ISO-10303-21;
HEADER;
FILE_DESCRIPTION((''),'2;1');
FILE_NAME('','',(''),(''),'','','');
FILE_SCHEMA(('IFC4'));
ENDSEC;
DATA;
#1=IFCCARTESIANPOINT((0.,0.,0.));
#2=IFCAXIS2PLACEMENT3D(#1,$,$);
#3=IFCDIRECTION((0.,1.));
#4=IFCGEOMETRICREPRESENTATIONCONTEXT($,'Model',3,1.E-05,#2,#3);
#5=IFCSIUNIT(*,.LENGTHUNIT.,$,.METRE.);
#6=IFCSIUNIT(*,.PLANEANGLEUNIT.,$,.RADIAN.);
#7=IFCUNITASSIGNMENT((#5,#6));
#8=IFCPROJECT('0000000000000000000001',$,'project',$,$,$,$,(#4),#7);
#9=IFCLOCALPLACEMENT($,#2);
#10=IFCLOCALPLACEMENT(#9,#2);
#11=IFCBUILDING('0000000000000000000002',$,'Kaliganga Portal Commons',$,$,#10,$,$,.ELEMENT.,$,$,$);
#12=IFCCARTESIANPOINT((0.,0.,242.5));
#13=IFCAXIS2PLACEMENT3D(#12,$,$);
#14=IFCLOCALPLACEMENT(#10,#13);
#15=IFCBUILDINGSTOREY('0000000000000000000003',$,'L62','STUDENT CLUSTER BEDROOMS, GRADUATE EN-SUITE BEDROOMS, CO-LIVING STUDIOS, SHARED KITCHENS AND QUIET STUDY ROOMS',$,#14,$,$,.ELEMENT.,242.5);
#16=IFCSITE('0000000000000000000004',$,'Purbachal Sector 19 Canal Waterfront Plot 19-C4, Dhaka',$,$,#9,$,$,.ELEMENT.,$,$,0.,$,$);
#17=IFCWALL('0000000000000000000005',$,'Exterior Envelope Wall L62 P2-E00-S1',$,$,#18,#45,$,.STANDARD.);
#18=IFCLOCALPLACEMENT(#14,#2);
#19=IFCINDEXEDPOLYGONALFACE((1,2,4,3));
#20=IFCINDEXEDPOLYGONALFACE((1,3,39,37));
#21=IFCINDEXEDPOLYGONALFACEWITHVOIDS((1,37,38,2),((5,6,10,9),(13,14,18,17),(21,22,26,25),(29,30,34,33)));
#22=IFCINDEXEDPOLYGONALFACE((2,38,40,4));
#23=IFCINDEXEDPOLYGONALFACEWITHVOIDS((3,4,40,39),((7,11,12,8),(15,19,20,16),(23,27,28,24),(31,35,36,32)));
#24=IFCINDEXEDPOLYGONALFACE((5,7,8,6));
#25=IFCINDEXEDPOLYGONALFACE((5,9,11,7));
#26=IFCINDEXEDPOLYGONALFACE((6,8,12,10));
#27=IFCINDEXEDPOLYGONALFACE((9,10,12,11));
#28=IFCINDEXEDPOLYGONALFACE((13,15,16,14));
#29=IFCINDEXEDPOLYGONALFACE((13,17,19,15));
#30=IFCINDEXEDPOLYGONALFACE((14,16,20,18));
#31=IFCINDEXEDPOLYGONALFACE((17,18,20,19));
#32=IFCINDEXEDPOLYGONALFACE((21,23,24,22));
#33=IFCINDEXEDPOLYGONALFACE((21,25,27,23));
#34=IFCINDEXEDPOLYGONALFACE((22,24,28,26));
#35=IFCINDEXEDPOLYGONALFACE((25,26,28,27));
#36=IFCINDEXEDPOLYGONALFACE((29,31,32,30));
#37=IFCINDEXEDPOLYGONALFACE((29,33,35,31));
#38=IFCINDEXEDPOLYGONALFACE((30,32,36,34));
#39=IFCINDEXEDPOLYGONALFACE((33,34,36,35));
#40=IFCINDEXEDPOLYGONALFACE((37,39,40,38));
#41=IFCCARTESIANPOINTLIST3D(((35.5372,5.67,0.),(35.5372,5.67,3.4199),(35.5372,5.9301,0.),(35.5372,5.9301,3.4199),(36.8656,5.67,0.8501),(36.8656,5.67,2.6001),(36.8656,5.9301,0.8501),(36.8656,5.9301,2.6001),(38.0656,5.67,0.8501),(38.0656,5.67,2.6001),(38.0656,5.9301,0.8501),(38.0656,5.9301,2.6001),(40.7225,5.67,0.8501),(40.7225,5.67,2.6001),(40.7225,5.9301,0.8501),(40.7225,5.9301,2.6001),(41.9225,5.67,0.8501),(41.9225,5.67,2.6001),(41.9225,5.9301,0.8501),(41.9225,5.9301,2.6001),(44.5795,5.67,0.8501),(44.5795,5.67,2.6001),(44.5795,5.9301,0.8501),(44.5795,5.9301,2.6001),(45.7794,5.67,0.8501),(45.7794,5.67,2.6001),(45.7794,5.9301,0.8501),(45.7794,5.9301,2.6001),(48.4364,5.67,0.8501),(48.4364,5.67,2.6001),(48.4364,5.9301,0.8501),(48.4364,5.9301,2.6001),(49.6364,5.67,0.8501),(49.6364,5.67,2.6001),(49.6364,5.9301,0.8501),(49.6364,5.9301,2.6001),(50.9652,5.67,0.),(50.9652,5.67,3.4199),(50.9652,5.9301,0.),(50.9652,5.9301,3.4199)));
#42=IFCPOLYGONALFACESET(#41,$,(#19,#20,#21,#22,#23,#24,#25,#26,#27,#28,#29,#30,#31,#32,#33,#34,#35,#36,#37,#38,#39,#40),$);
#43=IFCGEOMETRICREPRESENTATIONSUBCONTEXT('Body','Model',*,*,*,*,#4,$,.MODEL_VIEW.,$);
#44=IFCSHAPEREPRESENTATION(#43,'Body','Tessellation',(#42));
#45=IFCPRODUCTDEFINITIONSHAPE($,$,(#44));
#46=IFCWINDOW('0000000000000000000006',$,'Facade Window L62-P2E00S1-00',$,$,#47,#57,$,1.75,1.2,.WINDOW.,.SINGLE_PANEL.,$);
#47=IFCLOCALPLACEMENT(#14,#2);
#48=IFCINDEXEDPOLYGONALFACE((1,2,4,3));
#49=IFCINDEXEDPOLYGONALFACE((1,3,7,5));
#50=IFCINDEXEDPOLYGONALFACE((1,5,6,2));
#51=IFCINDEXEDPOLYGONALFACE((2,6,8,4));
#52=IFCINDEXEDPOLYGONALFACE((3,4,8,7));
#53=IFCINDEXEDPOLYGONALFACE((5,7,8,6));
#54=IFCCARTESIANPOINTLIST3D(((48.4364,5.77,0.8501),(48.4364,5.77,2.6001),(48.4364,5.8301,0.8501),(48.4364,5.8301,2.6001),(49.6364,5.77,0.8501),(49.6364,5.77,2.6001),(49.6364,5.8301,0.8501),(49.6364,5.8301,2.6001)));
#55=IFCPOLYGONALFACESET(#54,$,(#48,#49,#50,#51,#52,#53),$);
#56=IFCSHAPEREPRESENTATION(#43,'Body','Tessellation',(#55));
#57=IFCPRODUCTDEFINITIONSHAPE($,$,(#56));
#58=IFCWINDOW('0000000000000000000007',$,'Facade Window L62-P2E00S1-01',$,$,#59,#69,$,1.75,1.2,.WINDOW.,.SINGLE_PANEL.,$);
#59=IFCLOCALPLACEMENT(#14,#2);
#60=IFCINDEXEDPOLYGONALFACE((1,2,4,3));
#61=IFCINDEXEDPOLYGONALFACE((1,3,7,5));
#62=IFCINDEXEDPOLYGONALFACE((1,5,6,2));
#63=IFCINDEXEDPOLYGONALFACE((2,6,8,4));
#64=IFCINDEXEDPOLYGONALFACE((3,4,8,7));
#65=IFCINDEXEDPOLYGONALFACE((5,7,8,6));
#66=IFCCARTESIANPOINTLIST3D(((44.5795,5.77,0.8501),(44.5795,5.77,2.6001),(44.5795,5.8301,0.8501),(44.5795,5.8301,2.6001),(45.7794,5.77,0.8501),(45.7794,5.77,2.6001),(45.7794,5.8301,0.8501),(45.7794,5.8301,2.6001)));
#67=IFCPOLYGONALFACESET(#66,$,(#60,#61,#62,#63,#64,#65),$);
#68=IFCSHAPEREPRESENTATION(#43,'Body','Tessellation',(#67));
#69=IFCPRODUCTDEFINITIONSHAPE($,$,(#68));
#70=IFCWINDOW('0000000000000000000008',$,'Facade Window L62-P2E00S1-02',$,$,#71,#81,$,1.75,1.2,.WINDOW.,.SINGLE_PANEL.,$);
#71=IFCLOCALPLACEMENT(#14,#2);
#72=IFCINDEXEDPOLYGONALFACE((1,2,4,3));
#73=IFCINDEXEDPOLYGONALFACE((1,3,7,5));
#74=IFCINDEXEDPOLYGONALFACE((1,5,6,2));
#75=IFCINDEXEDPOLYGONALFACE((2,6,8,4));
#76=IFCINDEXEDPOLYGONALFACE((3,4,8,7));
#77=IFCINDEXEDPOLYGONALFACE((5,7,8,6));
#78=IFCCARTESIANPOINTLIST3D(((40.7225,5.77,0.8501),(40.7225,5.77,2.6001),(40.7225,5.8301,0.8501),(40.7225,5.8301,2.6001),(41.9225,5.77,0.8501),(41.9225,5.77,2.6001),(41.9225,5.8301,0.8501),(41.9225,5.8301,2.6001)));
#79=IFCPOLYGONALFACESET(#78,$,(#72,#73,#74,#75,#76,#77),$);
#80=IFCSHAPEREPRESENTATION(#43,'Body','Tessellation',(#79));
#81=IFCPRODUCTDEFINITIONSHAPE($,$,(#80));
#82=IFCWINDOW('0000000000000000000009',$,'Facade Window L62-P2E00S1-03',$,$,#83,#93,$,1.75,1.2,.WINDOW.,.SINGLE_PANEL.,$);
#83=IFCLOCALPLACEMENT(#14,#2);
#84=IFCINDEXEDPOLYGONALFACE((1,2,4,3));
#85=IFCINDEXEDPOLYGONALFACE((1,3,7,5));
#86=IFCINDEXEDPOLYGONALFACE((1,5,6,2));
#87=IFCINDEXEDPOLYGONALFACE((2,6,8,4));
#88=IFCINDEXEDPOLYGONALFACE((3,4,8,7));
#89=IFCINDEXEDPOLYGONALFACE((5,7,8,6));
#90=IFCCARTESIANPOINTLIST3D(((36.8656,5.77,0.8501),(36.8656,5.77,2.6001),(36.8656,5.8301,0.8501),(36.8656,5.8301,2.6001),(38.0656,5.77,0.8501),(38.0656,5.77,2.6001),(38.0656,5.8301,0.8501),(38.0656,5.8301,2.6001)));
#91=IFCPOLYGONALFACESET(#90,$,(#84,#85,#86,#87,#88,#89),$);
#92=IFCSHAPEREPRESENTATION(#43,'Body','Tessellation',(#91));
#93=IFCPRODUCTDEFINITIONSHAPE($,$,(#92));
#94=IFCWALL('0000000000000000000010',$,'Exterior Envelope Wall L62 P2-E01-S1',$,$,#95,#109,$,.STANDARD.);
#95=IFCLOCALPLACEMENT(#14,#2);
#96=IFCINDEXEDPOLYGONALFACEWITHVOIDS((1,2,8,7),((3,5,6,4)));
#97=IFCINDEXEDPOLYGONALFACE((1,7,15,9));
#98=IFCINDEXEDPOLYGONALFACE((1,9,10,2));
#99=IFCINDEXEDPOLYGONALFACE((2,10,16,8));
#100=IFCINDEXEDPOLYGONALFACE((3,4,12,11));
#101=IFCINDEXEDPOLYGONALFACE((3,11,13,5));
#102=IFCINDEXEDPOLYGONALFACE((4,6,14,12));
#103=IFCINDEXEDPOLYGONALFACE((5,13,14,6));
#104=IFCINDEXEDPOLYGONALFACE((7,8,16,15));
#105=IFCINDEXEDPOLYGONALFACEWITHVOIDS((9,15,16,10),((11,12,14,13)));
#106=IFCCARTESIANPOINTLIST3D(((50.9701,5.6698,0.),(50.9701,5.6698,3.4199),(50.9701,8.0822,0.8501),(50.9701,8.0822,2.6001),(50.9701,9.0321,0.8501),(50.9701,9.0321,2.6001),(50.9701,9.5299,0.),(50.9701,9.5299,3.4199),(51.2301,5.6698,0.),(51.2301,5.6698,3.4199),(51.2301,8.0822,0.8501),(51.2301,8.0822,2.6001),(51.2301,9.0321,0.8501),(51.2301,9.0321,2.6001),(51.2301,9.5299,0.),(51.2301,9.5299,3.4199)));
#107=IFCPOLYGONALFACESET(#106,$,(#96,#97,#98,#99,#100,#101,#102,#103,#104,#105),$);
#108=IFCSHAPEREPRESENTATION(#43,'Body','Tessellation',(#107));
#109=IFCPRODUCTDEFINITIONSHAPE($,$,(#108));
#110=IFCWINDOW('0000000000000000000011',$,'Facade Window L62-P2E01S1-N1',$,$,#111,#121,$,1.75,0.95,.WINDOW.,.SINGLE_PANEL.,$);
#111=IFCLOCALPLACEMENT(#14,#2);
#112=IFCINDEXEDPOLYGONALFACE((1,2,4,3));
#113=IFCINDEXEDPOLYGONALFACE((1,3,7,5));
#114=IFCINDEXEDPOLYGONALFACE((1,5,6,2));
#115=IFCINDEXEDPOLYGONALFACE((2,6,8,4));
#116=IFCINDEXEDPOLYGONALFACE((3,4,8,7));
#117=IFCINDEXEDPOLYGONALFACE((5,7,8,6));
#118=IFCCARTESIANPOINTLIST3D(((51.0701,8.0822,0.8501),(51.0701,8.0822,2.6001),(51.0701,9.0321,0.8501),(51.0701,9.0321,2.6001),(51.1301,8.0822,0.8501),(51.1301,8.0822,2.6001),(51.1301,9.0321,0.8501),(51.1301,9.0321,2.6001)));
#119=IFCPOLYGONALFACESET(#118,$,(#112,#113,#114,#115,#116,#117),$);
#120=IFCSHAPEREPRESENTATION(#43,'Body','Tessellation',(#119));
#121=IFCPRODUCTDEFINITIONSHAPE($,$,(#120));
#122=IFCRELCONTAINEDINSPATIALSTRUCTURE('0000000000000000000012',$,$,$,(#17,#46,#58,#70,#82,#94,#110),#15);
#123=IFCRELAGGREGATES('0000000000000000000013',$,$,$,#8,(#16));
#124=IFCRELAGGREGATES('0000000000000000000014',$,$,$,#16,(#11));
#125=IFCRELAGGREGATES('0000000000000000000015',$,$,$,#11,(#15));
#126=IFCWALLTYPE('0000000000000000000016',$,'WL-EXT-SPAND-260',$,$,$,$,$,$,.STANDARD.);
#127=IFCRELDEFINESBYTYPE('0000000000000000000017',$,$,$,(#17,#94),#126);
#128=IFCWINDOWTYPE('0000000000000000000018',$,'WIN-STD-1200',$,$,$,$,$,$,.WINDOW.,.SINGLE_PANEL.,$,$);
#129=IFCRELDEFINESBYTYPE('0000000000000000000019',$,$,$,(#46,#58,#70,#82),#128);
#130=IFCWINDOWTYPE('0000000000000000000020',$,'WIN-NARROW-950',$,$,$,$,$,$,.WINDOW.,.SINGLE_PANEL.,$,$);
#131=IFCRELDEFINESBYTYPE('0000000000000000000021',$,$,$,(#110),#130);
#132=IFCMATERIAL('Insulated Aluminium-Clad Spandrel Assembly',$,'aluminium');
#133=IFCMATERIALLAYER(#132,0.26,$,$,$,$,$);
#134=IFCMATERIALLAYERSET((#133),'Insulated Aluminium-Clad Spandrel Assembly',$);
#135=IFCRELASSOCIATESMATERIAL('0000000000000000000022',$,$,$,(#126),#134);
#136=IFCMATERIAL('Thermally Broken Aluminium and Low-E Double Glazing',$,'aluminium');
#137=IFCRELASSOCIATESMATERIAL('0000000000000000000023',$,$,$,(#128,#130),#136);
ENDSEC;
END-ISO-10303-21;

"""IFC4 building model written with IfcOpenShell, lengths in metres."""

from ifc_helpers import new_model, si_unit, direction, frame, frame_2d, origin, place, context, subcontext, project, spatial, rectangle, extrude, material, layer, layer_set, type_object, element, fill, save


model = new_model("IFC4")

# Units and contexts
model_context = context("Model", 3, precision=1e-05, world=origin(), true_north=direction((0.0, 1.0)))
body_context = subcontext(model_context, "Body", "Model", "MODEL_VIEW")
ifc_project = project(units=[si_unit("LENGTHUNIT", "METRE"), si_unit("PLANEANGLEUNIT", "RADIAN")], contexts=[model_context])

# Site, building, storey
site_placement = place(None, origin())
site = spatial("IfcSite", under=ifc_project, at=site_placement, Name="Purbachal Sector 19 Canal Waterfront Plot 19-C4, Dhaka", CompositionType="ELEMENT", RefElevation=0.0)
building_placement = place(site_placement, origin())
building = spatial("IfcBuilding", under=site, at=building_placement, Name="Kaliganga Portal Commons", CompositionType="ELEMENT")
storey_placement = place(building_placement, frame((0.0, 0.0, 242.5)))
storey = spatial("IfcBuildingStorey", under=building, at=storey_placement, Name="L62", Description="STUDENT CLUSTER BEDROOMS, GRADUATE EN-SUITE BEDROOMS, CO-LIVING STUDIOS, SHARED KITCHENS AND QUIET STUDY ROOMS", CompositionType="ELEMENT", Elevation=242.5)

# Wall, openings, windows
ifc_material_1 = material(Name="Insulated Aluminium-Clad Spandrel Assembly", Category="aluminium")
ifc_layer_1 = layer(ifc_material_1, 0.26)
ifc_layer_set_1 = layer_set([ifc_layer_1], Name="Insulated Aluminium-Clad Spandrel Assembly")
wall_type_1 = type_object("IfcWallType", Name="WL-EXT-SPAND-260", PredefinedType="STANDARD", material=ifc_layer_set_1)
wall_1_placement = place(storey_placement, frame((50.9651, 5.8, 0.0), z_axis=(0.0, 0.0, 1.0), x_axis=(-1.0, 0.0, 0.0)))
wall_1 = element("IfcWall", 1, at=wall_1_placement, inside=storey, type_object=wall_type_1, Name="Exterior Envelope Wall L62 P2-E00-S1", PredefinedType="STANDARD", context=body_context, shape_type="SweptSolid", body=[
    extrude(rectangle(XDim=15.428, YDim=0.26, at=frame_2d((7.7139, 0.0))), origin(), (0.0, 0.0, 1.0), 3.4199),
])
opening_1_placement = place(wall_1_placement, frame((1.3286, 0.0, 0.8501)))
opening_1 = element("IfcOpeningElement", 2, at=opening_1_placement, cuts=wall_1, PredefinedType="OPENING", context=body_context, shape_type="SweptSolid", body=[
    extrude(rectangle(XDim=1.2, YDim=1.75, at=frame_2d((0.6001, 0.875))), frame((0.0, 0.1401, 0.0), z_axis=(0.0, -1.0, 0.0), x_axis=(1.0, 0.0, 0.0)), (0.0, 0.0, 1.0), 0.28),
])
opening_2_placement = place(wall_1_placement, frame((5.1855, 0.0, 0.8501)))
opening_2 = element("IfcOpeningElement", 3, at=opening_2_placement, cuts=wall_1, PredefinedType="OPENING", context=body_context, shape_type="SweptSolid", body=[
    extrude(rectangle(XDim=1.2, YDim=1.75, at=frame_2d((0.6001, 0.875))), frame((0.0, 0.1401, 0.0), z_axis=(0.0, -1.0, 0.0), x_axis=(1.0, 0.0, 0.0)), (0.0, 0.0, 1.0), 0.28),
])
opening_3_placement = place(wall_1_placement, frame((9.0425, 0.0, 0.8501)))
opening_3 = element("IfcOpeningElement", 4, at=opening_3_placement, cuts=wall_1, PredefinedType="OPENING", context=body_context, shape_type="SweptSolid", body=[
    extrude(rectangle(XDim=1.2, YDim=1.75, at=frame_2d((0.6001, 0.875))), frame((0.0, 0.1401, 0.0), z_axis=(0.0, -1.0, 0.0), x_axis=(1.0, 0.0, 0.0)), (0.0, 0.0, 1.0), 0.28),
])
opening_4_placement = place(wall_1_placement, frame((12.8994, 0.0, 0.8501)))
opening_4 = element("IfcOpeningElement", 5, at=opening_4_placement, cuts=wall_1, PredefinedType="OPENING", context=body_context, shape_type="SweptSolid", body=[
    extrude(rectangle(XDim=1.2, YDim=1.75, at=frame_2d((0.6001, 0.875))), frame((0.0, 0.1401, 0.0), z_axis=(0.0, -1.0, 0.0), x_axis=(1.0, 0.0, 0.0)), (0.0, 0.0, 1.0), 0.28),
])
ifc_material_2 = material(Name="Thermally Broken Aluminium and Low-E Double Glazing", Category="aluminium")
window_type_1 = type_object("IfcWindowType", Name="WIN-STD-1200", PartitioningType="SINGLE_PANEL", PredefinedType="WINDOW", material=ifc_material_2)
window_1_placement = place(opening_1_placement, origin())
window_1 = element("IfcWindow", 6, at=window_1_placement, inside=storey, type_object=window_type_1, Name="Facade Window L62-P2E00S1-00", OverallHeight=1.75, OverallWidth=1.2, PartitioningType="SINGLE_PANEL", PredefinedType="WINDOW", context=body_context, shape_type="SweptSolid", body=[
    extrude(rectangle(XDim=1.2, YDim=1.75, at=frame_2d((0.6001, 0.875))), frame((0.0, 0.03, 0.0), z_axis=(0.0, -1.0, 0.0), x_axis=(1.0, 0.0, 0.0)), (0.0, 0.0, 1.0), 0.0601),
])
fill(opening_1, window_1)
window_2_placement = place(opening_2_placement, origin())
window_2 = element("IfcWindow", 7, at=window_2_placement, inside=storey, type_object=window_type_1, Name="Facade Window L62-P2E00S1-01", OverallHeight=1.75, OverallWidth=1.2, PartitioningType="SINGLE_PANEL", PredefinedType="WINDOW", context=body_context, shape_type="SweptSolid", body=[
    extrude(rectangle(XDim=1.2, YDim=1.75, at=frame_2d((0.6001, 0.875))), frame((0.0, 0.03, 0.0), z_axis=(0.0, -1.0, 0.0), x_axis=(1.0, 0.0, 0.0)), (0.0, 0.0, 1.0), 0.0601),
])
fill(opening_2, window_2)
window_3_placement = place(opening_3_placement, origin())
window_3 = element("IfcWindow", 8, at=window_3_placement, inside=storey, type_object=window_type_1, Name="Facade Window L62-P2E00S1-02", OverallHeight=1.75, OverallWidth=1.2, PartitioningType="SINGLE_PANEL", PredefinedType="WINDOW", context=body_context, shape_type="SweptSolid", body=[
    extrude(rectangle(XDim=1.2, YDim=1.75, at=frame_2d((0.6001, 0.875))), frame((0.0, 0.03, 0.0), z_axis=(0.0, -1.0, 0.0), x_axis=(1.0, 0.0, 0.0)), (0.0, 0.0, 1.0), 0.0601),
])
fill(opening_3, window_3)
window_4_placement = place(opening_4_placement, origin())
window_4 = element("IfcWindow", 9, at=window_4_placement, inside=storey, type_object=window_type_1, Name="Facade Window L62-P2E00S1-03", OverallHeight=1.75, OverallWidth=1.2, PartitioningType="SINGLE_PANEL", PredefinedType="WINDOW", context=body_context, shape_type="SweptSolid", body=[
    extrude(rectangle(XDim=1.2, YDim=1.75, at=frame_2d((0.6001, 0.875))), frame((0.0, 0.03, 0.0), z_axis=(0.0, -1.0, 0.0), x_axis=(1.0, 0.0, 0.0)), (0.0, 0.0, 1.0), 0.0601),
])
fill(opening_4, window_4)

# Wall, opening, window
wall_2_placement = place(storey_placement, frame((51.1001, 9.53, 0.0), z_axis=(0.0, 0.0, 1.0), x_axis=(0.0, -1.0, 0.0)))
wall_2 = element("IfcWall", 10, at=wall_2_placement, inside=storey, type_object=wall_type_1, Name="Exterior Envelope Wall L62 P2-E01-S1", PredefinedType="STANDARD", context=body_context, shape_type="SweptSolid", body=[
    extrude(rectangle(XDim=3.8601, YDim=0.26, at=frame_2d((1.9302, 0.0))), origin(), (0.0, 0.0, 1.0), 3.4199),
])
opening_5_placement = place(wall_2_placement, frame((0.4978, 0.0, 0.8501)))
opening_5 = element("IfcOpeningElement", 11, at=opening_5_placement, cuts=wall_2, PredefinedType="OPENING", context=body_context, shape_type="SweptSolid", body=[
    extrude(rectangle(XDim=0.95, YDim=1.75, at=frame_2d((0.4751, 0.875))), frame((0.0, 0.1401, 0.0), z_axis=(0.0, -1.0, 0.0), x_axis=(1.0, 0.0, 0.0)), (0.0, 0.0, 1.0), 0.28),
])
window_type_2 = type_object("IfcWindowType", Name="WIN-NARROW-950", PartitioningType="SINGLE_PANEL", PredefinedType="WINDOW", material=ifc_material_2)
window_5_placement = place(opening_5_placement, origin())
window_5 = element("IfcWindow", 12, at=window_5_placement, inside=storey, type_object=window_type_2, Name="Facade Window L62-P2E01S1-N1", OverallHeight=1.75, OverallWidth=0.95, PartitioningType="SINGLE_PANEL", PredefinedType="WINDOW", context=body_context, shape_type="SweptSolid", body=[
    extrude(rectangle(XDim=0.95, YDim=1.75, at=frame_2d((0.4751, 0.875))), frame((0.0, 0.03, 0.0), z_axis=(0.0, -1.0, 0.0), x_axis=(1.0, 0.0, 0.0)), (0.0, 0.0, 1.0), 0.0601),
])
fill(opening_5, window_5)

save(model, "model.ifc")
